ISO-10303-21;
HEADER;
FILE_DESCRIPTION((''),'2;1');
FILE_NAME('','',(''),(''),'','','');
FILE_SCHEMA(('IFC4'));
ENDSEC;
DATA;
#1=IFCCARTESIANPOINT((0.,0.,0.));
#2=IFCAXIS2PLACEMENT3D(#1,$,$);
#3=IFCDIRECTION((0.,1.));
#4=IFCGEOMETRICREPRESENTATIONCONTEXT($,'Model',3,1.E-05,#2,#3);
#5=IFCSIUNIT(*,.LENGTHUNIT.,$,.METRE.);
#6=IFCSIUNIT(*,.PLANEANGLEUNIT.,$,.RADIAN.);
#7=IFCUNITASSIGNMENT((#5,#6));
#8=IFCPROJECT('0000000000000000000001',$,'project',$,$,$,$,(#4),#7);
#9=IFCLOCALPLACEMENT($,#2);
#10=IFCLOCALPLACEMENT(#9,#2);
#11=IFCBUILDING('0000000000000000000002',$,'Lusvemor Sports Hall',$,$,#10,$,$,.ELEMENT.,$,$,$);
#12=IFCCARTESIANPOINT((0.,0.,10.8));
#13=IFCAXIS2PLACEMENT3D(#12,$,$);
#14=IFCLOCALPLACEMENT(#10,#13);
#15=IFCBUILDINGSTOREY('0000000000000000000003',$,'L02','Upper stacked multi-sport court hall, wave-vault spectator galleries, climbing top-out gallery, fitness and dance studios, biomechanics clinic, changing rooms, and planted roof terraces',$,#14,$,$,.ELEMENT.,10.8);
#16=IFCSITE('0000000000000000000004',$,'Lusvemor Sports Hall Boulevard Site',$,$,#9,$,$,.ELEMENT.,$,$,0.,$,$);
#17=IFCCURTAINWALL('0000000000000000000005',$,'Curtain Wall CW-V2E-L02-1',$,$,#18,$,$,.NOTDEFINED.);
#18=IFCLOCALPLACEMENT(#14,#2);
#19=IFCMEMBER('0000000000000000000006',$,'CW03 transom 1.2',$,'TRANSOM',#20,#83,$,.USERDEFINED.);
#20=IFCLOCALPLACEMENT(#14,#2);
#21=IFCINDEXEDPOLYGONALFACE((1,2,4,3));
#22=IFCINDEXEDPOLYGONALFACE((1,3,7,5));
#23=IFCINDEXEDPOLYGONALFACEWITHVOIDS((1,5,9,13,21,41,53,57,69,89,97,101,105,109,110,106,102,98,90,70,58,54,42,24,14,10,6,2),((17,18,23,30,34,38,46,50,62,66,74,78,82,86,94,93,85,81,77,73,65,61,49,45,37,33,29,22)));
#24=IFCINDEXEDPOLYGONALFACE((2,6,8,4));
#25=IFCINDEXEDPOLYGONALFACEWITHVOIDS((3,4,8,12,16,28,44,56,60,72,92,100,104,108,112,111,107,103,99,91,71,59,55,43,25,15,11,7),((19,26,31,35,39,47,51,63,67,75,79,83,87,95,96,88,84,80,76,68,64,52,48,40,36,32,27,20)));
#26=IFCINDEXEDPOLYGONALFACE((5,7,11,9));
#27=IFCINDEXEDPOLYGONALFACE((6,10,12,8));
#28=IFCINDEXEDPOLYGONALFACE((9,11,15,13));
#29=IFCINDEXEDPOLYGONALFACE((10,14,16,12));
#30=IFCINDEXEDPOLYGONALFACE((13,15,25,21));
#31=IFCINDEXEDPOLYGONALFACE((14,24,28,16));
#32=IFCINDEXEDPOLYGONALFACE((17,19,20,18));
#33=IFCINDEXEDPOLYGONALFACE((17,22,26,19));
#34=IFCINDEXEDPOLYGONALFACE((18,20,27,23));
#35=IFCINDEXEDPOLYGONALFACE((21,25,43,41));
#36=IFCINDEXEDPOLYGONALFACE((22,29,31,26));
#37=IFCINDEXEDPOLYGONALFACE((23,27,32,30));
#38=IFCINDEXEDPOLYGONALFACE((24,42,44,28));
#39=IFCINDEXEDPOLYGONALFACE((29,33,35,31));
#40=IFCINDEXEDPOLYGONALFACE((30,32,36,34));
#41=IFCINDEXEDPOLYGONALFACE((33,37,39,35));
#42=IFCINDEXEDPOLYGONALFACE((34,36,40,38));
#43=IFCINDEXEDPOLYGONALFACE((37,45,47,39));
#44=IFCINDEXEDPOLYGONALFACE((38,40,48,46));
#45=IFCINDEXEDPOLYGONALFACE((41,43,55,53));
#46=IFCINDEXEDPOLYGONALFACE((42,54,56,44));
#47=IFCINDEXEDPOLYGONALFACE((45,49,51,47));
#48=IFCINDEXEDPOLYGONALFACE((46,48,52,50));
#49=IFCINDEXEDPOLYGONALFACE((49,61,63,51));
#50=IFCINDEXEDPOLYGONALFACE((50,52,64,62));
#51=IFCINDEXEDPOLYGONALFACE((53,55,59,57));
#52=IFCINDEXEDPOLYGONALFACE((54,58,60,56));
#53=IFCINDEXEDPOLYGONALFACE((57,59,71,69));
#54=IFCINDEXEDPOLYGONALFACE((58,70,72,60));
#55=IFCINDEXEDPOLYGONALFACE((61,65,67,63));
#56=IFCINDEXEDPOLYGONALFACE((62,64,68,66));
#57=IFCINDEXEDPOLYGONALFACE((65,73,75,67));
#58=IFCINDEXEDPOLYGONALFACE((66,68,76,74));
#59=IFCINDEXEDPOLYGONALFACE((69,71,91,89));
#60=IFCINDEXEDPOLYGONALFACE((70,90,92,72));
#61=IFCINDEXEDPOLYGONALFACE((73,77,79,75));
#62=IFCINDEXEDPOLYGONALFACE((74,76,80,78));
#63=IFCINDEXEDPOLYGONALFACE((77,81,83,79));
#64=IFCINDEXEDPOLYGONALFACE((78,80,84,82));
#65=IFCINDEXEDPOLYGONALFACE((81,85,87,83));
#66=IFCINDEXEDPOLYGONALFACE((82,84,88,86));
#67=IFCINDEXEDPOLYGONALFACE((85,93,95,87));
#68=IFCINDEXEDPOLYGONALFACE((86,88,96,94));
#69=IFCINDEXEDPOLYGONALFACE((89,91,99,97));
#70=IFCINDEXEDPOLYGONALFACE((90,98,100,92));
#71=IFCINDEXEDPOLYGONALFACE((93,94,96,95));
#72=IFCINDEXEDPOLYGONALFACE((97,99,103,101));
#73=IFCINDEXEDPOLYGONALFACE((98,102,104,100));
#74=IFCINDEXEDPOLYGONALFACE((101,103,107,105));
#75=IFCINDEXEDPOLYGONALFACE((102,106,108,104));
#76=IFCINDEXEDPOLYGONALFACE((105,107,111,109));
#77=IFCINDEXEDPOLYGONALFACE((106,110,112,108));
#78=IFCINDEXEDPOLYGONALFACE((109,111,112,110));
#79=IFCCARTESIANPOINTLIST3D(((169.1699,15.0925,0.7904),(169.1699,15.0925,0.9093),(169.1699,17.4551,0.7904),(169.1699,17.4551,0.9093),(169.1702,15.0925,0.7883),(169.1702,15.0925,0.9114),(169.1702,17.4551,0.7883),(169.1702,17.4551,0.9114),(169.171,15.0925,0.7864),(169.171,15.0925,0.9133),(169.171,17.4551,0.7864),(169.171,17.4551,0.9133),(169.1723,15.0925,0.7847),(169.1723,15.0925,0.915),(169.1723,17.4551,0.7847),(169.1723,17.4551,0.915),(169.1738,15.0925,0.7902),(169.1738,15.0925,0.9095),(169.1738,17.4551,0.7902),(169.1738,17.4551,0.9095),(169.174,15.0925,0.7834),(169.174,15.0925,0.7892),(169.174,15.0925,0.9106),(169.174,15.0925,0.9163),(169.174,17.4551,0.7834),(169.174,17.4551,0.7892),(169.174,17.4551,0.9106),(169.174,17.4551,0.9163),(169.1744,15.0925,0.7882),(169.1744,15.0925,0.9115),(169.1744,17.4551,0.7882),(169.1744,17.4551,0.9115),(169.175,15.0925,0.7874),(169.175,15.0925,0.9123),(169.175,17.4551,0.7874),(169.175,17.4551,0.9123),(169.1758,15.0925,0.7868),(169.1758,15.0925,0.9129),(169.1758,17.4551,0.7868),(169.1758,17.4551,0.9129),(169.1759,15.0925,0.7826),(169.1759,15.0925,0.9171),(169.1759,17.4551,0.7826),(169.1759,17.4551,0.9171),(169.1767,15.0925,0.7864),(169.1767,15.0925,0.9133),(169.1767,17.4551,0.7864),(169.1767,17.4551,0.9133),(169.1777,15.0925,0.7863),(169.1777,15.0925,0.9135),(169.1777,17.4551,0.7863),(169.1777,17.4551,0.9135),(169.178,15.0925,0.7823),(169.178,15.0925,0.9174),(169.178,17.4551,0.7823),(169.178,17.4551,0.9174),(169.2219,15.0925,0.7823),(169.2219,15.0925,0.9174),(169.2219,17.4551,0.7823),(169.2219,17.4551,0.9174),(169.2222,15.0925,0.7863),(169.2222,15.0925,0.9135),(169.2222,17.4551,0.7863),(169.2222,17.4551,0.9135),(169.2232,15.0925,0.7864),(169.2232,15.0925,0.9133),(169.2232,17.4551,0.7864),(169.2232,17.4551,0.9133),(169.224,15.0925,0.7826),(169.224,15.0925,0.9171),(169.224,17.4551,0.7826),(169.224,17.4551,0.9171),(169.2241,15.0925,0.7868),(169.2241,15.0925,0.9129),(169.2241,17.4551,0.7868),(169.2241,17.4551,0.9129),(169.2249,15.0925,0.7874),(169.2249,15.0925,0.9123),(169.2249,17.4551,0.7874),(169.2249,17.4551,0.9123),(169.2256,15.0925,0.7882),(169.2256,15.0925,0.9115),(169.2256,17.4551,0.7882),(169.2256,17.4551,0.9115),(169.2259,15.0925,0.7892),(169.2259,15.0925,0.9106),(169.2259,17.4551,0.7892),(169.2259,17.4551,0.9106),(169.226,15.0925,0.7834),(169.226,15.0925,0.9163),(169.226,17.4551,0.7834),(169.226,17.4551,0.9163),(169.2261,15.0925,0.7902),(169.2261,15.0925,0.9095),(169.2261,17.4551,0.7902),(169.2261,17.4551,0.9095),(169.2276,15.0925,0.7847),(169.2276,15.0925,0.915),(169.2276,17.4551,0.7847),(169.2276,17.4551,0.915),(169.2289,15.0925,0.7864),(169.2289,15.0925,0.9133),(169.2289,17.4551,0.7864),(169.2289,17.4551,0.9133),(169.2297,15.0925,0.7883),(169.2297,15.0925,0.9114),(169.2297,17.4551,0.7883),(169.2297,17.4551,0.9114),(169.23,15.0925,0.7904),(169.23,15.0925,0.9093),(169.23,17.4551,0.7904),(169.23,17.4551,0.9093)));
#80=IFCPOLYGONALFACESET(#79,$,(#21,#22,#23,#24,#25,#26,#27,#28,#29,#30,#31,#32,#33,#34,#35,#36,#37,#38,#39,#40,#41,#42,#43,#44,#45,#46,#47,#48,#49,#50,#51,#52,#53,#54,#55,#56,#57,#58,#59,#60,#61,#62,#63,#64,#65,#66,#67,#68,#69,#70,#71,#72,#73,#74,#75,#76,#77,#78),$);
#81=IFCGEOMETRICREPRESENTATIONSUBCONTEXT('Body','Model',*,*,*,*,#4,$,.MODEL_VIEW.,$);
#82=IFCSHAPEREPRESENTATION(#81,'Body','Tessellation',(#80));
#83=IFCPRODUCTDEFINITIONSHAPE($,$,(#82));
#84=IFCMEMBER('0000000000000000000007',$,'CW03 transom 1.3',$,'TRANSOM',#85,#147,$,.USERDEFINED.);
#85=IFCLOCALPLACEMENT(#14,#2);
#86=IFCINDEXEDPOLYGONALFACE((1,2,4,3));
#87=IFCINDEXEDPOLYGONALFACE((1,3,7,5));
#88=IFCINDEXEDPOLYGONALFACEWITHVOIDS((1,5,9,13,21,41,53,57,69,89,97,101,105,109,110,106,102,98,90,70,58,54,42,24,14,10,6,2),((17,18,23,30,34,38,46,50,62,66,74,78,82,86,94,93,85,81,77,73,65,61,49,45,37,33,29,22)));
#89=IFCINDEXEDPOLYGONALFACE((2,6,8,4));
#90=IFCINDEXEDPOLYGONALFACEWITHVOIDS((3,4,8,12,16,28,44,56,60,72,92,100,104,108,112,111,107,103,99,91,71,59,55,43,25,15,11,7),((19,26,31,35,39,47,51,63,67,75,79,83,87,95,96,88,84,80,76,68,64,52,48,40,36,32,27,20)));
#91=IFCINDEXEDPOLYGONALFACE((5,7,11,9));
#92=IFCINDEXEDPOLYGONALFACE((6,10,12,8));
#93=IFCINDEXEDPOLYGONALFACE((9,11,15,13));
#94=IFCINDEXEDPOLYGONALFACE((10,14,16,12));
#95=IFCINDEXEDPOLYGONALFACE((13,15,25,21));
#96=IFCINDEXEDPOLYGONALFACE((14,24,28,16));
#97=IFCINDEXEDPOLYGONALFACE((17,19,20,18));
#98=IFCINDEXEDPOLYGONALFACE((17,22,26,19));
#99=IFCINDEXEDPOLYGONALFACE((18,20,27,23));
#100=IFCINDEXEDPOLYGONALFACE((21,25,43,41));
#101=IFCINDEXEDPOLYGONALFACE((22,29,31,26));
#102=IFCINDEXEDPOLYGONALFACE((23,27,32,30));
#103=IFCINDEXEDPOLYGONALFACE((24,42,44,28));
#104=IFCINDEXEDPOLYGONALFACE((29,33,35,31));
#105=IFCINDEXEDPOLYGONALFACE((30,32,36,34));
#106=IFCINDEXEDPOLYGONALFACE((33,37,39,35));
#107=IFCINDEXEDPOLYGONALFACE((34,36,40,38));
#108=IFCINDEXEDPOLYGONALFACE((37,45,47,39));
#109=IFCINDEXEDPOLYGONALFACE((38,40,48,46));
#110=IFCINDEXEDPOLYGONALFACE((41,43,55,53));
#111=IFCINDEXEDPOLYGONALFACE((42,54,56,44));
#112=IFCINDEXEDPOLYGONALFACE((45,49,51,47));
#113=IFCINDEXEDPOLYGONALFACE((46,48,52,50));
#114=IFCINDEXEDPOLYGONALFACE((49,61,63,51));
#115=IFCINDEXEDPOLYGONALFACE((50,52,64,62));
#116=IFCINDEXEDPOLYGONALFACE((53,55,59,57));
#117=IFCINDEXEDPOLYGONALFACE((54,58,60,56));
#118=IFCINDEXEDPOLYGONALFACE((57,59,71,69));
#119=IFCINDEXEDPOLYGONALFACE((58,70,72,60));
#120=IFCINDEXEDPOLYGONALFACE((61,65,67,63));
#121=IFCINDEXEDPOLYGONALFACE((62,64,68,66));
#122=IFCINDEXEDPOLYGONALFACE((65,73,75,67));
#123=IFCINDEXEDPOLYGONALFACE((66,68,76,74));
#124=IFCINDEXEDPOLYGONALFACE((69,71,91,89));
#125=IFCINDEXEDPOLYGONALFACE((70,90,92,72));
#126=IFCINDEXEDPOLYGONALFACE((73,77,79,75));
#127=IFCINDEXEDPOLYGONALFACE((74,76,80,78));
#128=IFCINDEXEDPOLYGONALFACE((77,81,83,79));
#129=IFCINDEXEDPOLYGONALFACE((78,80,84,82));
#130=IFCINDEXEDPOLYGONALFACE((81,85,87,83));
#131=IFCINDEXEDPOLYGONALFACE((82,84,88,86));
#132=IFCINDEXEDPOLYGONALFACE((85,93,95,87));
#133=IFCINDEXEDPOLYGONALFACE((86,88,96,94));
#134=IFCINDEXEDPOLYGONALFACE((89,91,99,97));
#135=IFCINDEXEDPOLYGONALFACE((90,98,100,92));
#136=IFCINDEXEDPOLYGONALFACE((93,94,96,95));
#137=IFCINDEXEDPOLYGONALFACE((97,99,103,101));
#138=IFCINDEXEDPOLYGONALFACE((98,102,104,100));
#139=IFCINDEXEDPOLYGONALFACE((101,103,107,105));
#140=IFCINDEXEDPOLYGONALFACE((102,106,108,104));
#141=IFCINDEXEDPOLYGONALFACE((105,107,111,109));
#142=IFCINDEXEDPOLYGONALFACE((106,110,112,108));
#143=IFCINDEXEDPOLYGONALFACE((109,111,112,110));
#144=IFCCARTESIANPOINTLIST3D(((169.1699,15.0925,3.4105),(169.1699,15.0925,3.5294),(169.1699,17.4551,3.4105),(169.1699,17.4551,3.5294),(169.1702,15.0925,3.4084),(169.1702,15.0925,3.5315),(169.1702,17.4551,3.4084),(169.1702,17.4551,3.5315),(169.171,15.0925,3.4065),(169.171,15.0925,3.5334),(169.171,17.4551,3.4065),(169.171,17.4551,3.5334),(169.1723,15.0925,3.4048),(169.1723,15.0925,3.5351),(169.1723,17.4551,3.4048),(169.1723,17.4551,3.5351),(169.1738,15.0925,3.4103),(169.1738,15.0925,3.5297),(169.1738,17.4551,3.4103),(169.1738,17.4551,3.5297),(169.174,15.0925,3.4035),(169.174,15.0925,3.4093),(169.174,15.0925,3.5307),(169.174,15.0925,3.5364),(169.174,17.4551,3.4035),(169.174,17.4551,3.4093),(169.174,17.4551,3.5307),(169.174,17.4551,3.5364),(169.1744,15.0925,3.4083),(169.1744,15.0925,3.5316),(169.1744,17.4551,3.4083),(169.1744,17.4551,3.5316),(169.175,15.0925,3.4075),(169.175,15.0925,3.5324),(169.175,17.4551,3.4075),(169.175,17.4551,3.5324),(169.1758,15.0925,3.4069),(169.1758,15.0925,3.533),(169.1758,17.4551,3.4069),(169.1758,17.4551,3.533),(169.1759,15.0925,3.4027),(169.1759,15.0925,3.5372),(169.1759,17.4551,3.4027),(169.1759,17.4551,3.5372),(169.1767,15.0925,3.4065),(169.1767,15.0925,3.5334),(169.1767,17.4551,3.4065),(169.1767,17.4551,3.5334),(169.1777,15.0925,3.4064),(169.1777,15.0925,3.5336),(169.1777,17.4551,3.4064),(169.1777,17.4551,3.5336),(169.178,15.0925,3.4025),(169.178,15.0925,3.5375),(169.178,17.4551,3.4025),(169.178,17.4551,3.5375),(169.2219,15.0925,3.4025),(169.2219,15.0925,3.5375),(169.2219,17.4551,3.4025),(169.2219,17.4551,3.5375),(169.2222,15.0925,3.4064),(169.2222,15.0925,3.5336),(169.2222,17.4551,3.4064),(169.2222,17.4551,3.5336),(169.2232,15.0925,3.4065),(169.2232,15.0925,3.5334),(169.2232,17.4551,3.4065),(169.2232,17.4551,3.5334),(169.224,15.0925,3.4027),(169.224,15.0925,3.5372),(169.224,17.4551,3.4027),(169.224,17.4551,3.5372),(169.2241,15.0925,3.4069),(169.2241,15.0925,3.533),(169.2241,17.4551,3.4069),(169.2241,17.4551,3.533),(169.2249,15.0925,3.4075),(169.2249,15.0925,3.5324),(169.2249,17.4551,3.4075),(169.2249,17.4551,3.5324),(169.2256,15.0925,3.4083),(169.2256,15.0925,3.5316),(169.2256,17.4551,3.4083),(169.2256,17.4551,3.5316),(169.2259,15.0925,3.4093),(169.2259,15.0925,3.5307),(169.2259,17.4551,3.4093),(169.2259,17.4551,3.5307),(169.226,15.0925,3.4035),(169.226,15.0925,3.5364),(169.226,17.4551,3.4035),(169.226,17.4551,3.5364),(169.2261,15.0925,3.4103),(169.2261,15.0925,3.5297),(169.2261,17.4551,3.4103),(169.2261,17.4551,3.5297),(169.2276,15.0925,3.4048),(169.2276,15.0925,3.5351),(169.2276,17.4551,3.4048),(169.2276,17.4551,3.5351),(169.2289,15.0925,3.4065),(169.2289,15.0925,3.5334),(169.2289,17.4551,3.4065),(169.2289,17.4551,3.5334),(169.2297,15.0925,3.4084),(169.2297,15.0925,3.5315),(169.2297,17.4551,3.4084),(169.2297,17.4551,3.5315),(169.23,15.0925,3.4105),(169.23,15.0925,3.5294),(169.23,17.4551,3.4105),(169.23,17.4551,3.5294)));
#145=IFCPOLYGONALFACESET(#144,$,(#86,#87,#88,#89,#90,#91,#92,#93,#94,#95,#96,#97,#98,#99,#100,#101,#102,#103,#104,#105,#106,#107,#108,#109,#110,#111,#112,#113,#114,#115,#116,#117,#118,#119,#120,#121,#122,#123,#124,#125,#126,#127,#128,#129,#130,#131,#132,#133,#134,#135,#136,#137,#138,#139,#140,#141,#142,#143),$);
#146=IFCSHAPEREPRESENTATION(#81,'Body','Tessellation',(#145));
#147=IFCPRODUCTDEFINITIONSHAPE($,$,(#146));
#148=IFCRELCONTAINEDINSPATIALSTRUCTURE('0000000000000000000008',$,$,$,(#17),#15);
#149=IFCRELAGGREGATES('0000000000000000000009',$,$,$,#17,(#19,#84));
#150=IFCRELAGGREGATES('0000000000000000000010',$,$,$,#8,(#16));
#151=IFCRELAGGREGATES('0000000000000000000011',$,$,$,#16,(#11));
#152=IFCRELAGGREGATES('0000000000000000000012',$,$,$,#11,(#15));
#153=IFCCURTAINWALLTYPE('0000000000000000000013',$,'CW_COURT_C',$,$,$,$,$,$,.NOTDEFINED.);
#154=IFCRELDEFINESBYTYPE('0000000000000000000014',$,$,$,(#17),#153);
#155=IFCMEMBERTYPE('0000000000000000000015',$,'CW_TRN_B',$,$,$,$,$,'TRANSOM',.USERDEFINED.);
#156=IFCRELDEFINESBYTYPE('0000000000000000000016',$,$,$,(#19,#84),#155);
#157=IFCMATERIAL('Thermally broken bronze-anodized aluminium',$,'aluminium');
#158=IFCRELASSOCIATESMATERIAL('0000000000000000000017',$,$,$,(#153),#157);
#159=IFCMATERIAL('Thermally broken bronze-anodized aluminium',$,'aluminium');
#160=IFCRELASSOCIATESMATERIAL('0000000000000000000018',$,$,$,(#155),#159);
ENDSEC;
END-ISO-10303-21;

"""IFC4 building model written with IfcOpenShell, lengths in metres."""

from ifc_helpers import new_model, si_unit, direction, frame, origin, origin_2d, place, context, subcontext, project, spatial, hollow_rectangle, extrude, material, material_profile, profile_set, type_object, element, aggregate, save


model = new_model("IFC4")

# Units and contexts
model_context = context("Model", 3, precision=1e-05, world=origin(), true_north=direction((0.0, 1.0)))
body_context = subcontext(model_context, "Body", "Model", "MODEL_VIEW")
ifc_project = project(units=[si_unit("LENGTHUNIT", "METRE"), si_unit("PLANEANGLEUNIT", "RADIAN")], contexts=[model_context])

# Site, building, storey
site_placement = place(None, origin())
site = spatial("IfcSite", under=ifc_project, at=site_placement, Name="Lusvemor Sports Hall Boulevard Site", CompositionType="ELEMENT", RefElevation=0.0)
building_placement = place(site_placement, origin())
building = spatial("IfcBuilding", under=site, at=building_placement, Name="Lusvemor Sports Hall", CompositionType="ELEMENT")
storey_placement = place(building_placement, frame((0.0, 0.0, 10.8)))
storey = spatial("IfcBuildingStorey", under=building, at=storey_placement, Name="L02", Description="Upper stacked multi-sport court hall, wave-vault spectator galleries, climbing top-out gallery, fitness and dance studios, biomechanics clinic, changing rooms, and planted roof terraces", CompositionType="ELEMENT", Elevation=10.8)

# Curtain wall
ifc_material_1 = material(Name="Thermally broken bronze-anodized aluminium", Category="aluminium")
curtain_wall_type = type_object("IfcCurtainWallType", Name="CW_COURT_C", PredefinedType="NOTDEFINED", material=ifc_material_1)
curtain_wall_1_placement = place(storey_placement, origin())
curtain_wall_1 = element("IfcCurtainWall", 1, at=curtain_wall_1_placement, inside=storey, type_object=curtain_wall_type, Name="Curtain Wall CW-V2E-L02-1", PredefinedType="NOTDEFINED")

# Members
ifc_material_2 = material(Name="Thermally broken bronze-anodized aluminium", Category="aluminium")
ifc_material_profile_1 = material_profile(ifc_material_2, hollow_rectangle(XDim=0.0601, YDim=0.135, WallThickness=0.0039, InnerFilletRadius=0.0039, OuterFilletRadius=0.0081, at=origin_2d()), Name="CWTRN135x60x4")
ifc_profile_set_1 = profile_set([ifc_material_profile_1], Name="Thermally broken bronze-anodized aluminium")
member_type_1 = type_object("IfcMemberType", Name="CW_TRN_B", ElementType="TRANSOM", PredefinedType="USERDEFINED", material=ifc_profile_set_1)
member_1_placement = place(storey_placement, frame((169.2, 17.4551, 0.8499), z_axis=(0.0, -1.0, 0.0), x_axis=(1.0, 0.0, 0.0)))
member_1 = element("IfcMember", 2, at=member_1_placement, type_object=member_type_1, Name="CW03 transom 1.2", ObjectType="TRANSOM", PredefinedType="USERDEFINED", context=body_context, shape_type="SweptSolid", body=[
    extrude(hollow_rectangle(XDim=0.0601, YDim=0.135, WallThickness=0.0039, InnerFilletRadius=0.0039, OuterFilletRadius=0.0081, at=origin_2d()), origin(), (0.0, 0.0, 1.0), 2.3625),
])
member_2_placement = place(storey_placement, frame((169.2, 17.4551, 3.47), z_axis=(0.0, -1.0, 0.0), x_axis=(1.0, 0.0, 0.0)))
member_2 = element("IfcMember", 3, at=member_2_placement, type_object=member_type_1, Name="CW03 transom 1.3", ObjectType="TRANSOM", PredefinedType="USERDEFINED", context=body_context, shape_type="SweptSolid", body=[
    extrude(hollow_rectangle(XDim=0.0601, YDim=0.135, WallThickness=0.0039, InnerFilletRadius=0.0039, OuterFilletRadius=0.0081, at=origin_2d()), origin(), (0.0, 0.0, 1.0), 2.3625),
])
aggregate(curtain_wall_1, [member_1, member_2])

save(model, "model.ifc")
